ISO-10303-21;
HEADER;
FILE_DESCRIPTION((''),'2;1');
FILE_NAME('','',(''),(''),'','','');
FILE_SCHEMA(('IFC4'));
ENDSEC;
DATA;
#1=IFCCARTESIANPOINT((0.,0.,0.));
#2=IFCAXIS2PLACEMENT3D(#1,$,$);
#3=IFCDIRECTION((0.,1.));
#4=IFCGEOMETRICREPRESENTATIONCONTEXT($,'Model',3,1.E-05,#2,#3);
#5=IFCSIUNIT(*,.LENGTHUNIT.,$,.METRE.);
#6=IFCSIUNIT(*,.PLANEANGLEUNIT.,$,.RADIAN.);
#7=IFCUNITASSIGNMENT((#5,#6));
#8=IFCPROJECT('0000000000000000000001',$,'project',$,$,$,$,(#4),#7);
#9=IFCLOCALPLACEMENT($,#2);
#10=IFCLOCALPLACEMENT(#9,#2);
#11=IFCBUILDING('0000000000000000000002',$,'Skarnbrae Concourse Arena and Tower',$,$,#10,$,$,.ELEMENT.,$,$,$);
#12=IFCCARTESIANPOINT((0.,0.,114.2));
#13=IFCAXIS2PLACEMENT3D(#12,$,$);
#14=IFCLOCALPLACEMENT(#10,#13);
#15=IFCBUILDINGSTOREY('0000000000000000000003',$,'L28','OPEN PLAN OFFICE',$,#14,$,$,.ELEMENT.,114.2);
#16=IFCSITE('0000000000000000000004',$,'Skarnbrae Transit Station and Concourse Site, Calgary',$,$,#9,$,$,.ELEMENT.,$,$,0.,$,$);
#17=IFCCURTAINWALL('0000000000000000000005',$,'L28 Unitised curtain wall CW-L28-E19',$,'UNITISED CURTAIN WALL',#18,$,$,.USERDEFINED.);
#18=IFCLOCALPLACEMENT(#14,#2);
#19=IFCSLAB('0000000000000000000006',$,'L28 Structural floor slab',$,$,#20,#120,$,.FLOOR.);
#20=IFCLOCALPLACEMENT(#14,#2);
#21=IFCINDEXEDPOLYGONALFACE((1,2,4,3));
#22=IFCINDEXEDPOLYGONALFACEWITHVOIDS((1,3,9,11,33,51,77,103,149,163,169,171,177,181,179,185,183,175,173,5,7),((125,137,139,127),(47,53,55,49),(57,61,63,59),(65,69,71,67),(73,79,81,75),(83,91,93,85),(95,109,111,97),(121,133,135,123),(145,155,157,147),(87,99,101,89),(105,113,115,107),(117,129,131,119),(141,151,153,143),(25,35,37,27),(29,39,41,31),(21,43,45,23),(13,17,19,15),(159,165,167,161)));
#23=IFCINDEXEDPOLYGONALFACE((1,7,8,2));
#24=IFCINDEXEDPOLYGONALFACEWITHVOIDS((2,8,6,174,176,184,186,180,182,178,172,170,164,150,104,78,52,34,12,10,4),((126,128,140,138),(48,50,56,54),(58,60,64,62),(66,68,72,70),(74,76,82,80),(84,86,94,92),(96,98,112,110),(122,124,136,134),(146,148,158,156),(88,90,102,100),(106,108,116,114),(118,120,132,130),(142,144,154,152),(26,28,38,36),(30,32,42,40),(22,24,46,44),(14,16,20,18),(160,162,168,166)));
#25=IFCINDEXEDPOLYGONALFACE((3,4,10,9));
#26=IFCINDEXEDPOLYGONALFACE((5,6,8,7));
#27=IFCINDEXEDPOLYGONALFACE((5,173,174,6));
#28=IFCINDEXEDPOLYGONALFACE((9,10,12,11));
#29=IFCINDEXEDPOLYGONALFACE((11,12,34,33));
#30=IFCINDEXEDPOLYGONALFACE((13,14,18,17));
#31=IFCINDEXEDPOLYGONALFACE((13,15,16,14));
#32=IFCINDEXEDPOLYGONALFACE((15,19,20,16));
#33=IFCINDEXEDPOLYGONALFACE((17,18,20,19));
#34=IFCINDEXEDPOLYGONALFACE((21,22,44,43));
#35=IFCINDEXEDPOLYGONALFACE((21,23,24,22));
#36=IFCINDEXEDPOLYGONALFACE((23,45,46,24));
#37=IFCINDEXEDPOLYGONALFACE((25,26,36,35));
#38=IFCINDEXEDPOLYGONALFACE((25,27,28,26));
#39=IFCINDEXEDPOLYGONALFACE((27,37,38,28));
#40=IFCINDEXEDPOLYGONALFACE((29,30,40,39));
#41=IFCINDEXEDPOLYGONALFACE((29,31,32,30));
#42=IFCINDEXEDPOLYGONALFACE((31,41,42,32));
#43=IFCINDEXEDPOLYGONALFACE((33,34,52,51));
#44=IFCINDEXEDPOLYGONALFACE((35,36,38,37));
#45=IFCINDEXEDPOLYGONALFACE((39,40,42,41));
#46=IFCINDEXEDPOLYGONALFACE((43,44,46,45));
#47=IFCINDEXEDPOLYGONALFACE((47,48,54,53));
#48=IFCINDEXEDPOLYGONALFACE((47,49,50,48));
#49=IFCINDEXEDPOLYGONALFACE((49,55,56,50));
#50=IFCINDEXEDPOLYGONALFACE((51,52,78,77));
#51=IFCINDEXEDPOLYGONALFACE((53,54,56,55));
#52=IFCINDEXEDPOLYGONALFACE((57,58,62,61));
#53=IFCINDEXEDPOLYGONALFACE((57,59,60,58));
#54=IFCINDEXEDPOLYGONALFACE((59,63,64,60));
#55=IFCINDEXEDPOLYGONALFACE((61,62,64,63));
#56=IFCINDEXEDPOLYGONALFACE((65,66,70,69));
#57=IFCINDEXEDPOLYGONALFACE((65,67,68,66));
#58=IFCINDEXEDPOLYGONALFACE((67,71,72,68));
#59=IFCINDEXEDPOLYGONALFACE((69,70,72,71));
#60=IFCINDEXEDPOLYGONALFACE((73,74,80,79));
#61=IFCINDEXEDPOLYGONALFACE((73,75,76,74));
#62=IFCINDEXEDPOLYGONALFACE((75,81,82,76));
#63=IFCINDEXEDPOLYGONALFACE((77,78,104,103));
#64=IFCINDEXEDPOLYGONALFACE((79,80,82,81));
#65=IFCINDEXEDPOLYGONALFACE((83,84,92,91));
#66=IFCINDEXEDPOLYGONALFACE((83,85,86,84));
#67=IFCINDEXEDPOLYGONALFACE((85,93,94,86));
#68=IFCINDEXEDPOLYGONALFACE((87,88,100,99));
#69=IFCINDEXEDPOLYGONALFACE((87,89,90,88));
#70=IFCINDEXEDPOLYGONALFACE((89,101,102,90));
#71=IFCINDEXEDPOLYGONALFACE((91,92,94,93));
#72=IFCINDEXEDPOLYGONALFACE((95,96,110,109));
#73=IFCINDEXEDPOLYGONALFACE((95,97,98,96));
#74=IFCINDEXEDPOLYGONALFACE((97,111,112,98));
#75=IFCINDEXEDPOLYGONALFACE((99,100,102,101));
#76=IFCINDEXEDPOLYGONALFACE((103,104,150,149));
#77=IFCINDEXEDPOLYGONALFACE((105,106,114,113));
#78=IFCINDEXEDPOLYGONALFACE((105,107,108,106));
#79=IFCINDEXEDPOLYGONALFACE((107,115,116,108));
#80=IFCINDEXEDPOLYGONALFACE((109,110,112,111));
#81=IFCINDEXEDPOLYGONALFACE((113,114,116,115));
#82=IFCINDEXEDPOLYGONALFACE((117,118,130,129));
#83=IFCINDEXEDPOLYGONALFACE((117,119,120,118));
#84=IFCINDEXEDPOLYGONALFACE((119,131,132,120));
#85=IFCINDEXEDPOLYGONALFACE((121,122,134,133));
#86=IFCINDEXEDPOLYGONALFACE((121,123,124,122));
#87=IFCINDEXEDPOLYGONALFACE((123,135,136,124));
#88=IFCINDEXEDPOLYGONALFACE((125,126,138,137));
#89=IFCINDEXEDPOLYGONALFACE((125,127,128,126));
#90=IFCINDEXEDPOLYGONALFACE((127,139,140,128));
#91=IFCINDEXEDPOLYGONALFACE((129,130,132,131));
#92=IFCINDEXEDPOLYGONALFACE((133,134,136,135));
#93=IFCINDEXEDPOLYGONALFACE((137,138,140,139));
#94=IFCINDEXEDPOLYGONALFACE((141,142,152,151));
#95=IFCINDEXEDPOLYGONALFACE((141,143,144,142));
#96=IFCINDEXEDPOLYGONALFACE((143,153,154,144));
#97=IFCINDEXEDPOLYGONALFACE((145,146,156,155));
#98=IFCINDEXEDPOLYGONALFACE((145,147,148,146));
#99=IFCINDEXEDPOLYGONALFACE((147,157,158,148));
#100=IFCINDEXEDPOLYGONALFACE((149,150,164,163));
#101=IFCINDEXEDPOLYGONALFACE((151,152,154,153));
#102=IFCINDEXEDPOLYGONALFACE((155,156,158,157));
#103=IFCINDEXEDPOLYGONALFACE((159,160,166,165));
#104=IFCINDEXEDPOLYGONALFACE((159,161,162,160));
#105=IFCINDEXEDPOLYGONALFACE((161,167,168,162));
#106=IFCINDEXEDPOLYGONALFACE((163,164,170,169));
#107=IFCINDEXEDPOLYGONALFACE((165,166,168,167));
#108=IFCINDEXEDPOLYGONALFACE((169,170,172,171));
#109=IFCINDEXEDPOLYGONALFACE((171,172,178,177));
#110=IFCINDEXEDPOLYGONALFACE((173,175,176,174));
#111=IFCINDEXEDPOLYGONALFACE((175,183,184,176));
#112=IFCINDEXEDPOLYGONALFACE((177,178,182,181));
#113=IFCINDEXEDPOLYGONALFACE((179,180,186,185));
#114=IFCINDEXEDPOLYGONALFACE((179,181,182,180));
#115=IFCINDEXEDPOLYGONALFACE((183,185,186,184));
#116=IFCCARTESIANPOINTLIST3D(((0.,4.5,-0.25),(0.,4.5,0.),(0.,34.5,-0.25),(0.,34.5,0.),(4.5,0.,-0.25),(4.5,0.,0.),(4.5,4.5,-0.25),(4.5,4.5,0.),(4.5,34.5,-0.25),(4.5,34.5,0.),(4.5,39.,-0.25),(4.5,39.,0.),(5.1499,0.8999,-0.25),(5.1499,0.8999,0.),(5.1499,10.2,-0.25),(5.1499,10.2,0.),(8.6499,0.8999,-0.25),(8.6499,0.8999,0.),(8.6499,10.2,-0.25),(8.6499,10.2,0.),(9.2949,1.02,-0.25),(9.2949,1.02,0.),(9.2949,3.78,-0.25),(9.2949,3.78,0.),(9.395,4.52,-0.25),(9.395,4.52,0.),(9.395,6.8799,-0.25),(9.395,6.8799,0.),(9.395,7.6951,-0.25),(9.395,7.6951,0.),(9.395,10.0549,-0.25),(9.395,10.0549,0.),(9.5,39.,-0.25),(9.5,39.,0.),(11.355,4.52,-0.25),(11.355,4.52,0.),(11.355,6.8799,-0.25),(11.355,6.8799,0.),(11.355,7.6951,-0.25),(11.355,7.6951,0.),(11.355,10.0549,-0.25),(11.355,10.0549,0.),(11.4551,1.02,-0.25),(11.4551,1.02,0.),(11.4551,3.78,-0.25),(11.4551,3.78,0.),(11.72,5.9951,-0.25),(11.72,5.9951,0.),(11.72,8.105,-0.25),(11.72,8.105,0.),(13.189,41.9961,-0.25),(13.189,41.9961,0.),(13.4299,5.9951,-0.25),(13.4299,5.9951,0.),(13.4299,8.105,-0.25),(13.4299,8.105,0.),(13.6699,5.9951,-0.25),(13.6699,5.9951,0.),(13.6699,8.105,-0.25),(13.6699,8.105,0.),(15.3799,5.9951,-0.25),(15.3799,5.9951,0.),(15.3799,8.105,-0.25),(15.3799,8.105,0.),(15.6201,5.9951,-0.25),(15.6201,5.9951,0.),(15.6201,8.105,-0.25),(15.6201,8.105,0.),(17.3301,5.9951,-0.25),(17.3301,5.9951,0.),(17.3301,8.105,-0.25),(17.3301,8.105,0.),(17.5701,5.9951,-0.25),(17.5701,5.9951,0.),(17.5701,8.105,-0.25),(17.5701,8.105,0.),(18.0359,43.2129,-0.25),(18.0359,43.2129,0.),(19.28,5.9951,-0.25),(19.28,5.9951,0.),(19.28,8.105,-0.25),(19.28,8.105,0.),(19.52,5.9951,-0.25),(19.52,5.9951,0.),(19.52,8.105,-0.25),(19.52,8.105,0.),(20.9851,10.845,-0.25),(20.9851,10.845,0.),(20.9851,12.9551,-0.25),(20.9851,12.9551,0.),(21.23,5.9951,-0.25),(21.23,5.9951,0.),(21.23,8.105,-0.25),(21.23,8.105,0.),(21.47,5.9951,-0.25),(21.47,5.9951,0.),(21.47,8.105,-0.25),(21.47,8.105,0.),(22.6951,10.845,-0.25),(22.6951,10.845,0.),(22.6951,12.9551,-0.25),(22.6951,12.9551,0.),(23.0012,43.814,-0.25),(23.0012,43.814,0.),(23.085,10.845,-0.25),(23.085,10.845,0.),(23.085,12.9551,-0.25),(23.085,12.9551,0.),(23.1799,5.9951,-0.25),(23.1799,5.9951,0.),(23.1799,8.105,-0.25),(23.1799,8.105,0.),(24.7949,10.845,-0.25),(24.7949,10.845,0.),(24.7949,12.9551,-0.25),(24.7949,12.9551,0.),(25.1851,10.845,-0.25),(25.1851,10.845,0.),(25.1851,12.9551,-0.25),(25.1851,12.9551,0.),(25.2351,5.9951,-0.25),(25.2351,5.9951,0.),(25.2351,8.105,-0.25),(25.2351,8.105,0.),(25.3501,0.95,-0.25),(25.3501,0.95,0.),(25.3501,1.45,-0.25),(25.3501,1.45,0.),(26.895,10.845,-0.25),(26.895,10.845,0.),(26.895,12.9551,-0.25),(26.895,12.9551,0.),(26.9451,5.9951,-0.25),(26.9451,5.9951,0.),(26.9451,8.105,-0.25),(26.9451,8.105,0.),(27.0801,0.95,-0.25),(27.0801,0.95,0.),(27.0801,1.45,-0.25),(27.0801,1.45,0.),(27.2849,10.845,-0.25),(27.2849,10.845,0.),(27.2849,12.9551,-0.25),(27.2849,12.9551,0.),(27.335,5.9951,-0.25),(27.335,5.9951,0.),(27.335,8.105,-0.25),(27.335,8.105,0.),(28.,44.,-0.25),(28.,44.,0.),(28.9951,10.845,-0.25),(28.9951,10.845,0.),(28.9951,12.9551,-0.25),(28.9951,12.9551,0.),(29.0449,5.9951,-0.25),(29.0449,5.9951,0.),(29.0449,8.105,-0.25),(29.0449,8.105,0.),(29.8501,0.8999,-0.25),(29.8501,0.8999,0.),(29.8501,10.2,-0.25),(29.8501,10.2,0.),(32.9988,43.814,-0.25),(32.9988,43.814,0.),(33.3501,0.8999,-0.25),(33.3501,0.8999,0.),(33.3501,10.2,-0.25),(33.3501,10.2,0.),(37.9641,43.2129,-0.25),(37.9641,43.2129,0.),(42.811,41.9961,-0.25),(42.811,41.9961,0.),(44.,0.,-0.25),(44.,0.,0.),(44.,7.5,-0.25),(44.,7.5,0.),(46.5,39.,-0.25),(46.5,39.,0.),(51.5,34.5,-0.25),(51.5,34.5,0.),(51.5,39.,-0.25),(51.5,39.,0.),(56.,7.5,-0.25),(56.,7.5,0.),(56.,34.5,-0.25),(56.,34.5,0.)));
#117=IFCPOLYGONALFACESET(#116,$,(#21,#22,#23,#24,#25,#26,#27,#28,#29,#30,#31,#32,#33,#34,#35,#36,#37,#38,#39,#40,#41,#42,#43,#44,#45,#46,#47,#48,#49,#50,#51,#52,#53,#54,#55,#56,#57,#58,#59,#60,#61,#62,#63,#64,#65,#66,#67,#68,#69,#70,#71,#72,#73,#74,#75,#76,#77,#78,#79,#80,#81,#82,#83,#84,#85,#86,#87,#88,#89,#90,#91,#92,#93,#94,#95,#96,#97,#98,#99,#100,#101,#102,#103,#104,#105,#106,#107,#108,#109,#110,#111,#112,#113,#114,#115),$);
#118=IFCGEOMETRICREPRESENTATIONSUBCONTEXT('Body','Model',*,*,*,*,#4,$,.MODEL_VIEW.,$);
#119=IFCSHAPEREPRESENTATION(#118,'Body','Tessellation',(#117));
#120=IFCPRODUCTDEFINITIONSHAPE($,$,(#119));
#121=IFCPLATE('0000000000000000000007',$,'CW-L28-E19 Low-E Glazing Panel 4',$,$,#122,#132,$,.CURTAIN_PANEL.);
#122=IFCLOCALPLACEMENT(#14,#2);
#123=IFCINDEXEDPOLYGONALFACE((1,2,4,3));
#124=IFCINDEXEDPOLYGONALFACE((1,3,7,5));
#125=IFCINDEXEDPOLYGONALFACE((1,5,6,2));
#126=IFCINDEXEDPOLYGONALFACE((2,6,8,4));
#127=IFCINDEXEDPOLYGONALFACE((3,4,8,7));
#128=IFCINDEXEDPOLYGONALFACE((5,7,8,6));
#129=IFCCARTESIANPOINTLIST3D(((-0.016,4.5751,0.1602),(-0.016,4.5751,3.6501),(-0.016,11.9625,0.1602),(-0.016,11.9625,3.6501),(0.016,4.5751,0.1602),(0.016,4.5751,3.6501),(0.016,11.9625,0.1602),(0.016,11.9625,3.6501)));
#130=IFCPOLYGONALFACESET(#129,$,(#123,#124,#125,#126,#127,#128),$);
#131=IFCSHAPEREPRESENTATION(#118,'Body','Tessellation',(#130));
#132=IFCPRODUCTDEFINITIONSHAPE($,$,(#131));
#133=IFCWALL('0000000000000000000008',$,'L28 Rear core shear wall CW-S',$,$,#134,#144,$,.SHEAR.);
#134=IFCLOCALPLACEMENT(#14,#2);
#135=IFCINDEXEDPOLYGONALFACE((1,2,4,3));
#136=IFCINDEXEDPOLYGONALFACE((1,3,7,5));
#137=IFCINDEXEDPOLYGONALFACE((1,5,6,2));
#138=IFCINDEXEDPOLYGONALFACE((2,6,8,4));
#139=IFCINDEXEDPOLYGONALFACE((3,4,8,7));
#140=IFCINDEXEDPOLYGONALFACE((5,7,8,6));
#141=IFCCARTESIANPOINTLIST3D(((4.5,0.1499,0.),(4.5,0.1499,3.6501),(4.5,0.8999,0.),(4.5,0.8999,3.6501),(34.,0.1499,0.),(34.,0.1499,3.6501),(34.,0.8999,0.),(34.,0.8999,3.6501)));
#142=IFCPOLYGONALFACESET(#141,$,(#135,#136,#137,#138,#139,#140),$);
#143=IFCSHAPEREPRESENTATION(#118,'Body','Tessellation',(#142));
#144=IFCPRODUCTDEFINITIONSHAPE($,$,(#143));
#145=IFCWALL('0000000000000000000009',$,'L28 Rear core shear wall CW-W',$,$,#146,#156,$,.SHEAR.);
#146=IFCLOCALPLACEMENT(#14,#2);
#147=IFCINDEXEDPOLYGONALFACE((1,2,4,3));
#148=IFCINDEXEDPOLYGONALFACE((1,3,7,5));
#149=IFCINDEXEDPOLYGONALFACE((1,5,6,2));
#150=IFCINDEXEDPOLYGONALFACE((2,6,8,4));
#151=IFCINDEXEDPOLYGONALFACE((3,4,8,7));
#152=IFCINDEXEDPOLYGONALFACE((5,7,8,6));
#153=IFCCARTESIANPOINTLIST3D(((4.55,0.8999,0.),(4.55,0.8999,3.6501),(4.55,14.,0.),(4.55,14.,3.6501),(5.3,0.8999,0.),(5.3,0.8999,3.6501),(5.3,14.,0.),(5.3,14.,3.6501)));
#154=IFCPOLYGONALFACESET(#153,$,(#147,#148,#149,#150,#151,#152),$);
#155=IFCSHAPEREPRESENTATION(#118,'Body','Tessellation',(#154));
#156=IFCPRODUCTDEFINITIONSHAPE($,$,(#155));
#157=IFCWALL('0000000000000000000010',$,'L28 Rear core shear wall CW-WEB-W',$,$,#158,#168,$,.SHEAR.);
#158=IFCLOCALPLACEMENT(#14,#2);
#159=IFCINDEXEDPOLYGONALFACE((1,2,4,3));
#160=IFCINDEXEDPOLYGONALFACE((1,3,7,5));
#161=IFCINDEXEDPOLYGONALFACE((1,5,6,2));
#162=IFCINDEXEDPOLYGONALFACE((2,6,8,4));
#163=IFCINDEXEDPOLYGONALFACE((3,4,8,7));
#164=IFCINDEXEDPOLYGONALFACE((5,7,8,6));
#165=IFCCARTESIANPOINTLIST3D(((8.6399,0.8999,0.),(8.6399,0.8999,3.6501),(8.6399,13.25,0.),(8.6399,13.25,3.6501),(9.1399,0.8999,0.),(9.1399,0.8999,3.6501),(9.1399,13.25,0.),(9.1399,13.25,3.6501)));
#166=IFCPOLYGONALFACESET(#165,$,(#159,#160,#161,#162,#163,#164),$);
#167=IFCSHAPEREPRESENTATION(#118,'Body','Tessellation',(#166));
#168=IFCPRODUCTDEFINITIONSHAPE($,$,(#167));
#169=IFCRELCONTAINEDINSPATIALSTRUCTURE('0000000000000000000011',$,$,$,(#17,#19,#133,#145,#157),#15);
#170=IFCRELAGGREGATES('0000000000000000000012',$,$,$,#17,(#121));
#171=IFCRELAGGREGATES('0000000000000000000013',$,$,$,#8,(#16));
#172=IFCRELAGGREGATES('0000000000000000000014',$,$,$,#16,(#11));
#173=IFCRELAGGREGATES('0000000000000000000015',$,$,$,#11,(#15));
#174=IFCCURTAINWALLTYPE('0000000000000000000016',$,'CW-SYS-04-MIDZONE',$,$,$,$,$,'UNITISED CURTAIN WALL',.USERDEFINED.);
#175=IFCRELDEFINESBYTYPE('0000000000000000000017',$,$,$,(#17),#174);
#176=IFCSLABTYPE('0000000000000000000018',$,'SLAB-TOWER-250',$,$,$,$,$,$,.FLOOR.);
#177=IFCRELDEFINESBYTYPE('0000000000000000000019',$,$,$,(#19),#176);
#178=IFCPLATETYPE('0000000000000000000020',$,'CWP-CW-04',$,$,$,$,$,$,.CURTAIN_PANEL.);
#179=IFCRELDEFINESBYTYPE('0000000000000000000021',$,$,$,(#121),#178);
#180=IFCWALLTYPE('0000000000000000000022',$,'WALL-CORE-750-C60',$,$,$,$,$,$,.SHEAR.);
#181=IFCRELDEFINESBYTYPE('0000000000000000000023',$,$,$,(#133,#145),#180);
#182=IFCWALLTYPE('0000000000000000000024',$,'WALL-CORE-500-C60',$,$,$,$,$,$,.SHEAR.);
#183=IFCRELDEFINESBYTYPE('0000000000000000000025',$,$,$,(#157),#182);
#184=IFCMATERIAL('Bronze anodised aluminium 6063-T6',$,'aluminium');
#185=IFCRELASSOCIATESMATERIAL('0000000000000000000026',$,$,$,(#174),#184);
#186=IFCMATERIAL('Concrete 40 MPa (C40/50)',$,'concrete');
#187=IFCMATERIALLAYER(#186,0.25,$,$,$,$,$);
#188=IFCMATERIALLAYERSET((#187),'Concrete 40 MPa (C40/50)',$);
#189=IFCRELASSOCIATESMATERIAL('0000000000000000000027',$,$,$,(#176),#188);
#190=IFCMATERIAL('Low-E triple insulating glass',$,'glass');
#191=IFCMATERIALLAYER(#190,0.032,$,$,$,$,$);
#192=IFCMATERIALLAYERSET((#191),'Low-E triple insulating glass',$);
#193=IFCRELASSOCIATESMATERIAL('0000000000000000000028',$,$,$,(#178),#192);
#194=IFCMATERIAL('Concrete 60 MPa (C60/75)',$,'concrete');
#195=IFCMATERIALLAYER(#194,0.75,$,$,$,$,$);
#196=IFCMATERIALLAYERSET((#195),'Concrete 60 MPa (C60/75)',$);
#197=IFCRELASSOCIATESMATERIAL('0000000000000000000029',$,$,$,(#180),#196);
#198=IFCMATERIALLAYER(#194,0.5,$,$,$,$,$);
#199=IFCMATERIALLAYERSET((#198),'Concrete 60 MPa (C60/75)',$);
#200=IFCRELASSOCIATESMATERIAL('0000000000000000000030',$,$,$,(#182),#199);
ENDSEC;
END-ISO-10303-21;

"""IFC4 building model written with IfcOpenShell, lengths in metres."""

from ifc_helpers import new_model, si_unit, direction, frame, frame_2d, origin, origin_2d, place, context, subcontext, project, spatial, polyline, rectangle, outline, extrude, source, transform, mapped, material, layer, layer_set, type_object, element, aggregate, save


model = new_model("IFC4")

# Units and contexts
model_context = context("Model", 3, precision=1e-05, world=origin(), true_north=direction((0.0, 1.0)))
body_context = subcontext(model_context, "Body", "Model", "MODEL_VIEW")
ifc_project = project(units=[si_unit("LENGTHUNIT", "METRE"), si_unit("PLANEANGLEUNIT", "RADIAN")], contexts=[model_context])

# Site, building, storey
site_placement = place(None, origin())
site = spatial("IfcSite", under=ifc_project, at=site_placement, Name="Skarnbrae Transit Station and Concourse Site, Calgary", CompositionType="ELEMENT", RefElevation=0.0)
building_placement = place(site_placement, origin())
building = spatial("IfcBuilding", under=site, at=building_placement, Name="Skarnbrae Concourse Arena and Tower", CompositionType="ELEMENT")
storey_placement = place(building_placement, frame((0.0, 0.0, 114.2)))
storey = spatial("IfcBuildingStorey", under=building, at=storey_placement, Name="L28", Description="OPEN PLAN OFFICE", CompositionType="ELEMENT", Elevation=114.2)

# Curtain wall
ifc_material_1 = material(Name="Bronze anodised aluminium 6063-T6", Category="aluminium")
curtain_wall_type = type_object("IfcCurtainWallType", Name="CW-SYS-04-MIDZONE", ElementType="UNITISED CURTAIN WALL", PredefinedType="USERDEFINED", material=ifc_material_1)
curtain_wall_placement = place(storey_placement, origin())
curtain_wall = element("IfcCurtainWall", 1, at=curtain_wall_placement, inside=storey, type_object=curtain_wall_type, Name="L28 Unitised curtain wall CW-L28-E19", ObjectType="UNITISED CURTAIN WALL", PredefinedType="USERDEFINED")

# Shared definitions
ifc_material_2 = material(Name="Concrete 40 MPa (C40/50)", Category="concrete")

# Slab
ifc_layer_1 = layer(ifc_material_2, 0.25)
ifc_layer_set_1 = layer_set([ifc_layer_1], Name="Concrete 40 MPa (C40/50)")
slab_type_1 = type_object("IfcSlabType", Name="SLAB-TOWER-250", PredefinedType="FLOOR", material=ifc_layer_set_1)
slab_1_placement = place(storey_placement, frame((0.0, 0.0, -0.25)))
element("IfcSlab", 2, at=slab_1_placement, inside=storey, type_object=slab_type_1, Name="L28 Structural floor slab", PredefinedType="FLOOR", context=body_context, shape_type="SweptSolid", body=[
    extrude(outline(polyline([(4.5, 0.0), (44.0, 0.0), (44.0, 7.5), (56.0, 7.5), (56.0, 34.5), (51.5, 34.5), (51.5, 39.0), (46.5, 39.0), (42.811, 41.9961), (37.9641, 43.2129), (32.9988, 43.814), (28.0, 44.0), (23.0012, 43.814), (18.0359, 43.2129), (13.189, 41.9961), (9.5, 39.0), (4.5, 39.0), (4.5, 34.5), (0.0, 34.5), (0.0, 4.5), (4.5, 4.5), (4.5, 0.0)]), holes=[polyline([(9.2949, 3.78), (11.4551, 3.78), (11.4551, 1.02), (9.2949, 1.02), (9.2949, 3.78)]), polyline([(8.6499, 10.2), (8.6499, 0.8999), (5.1499, 0.8999), (5.1499, 10.2), (8.6499, 10.2)]), polyline([(9.395, 6.8799), (11.355, 6.8799), (11.355, 4.52), (9.395, 4.52), (9.395, 6.8799)]), polyline([(11.72, 8.105), (13.4299, 8.105), (13.4299, 5.9951), (11.72, 5.9951), (11.72, 8.105)]), polyline([(13.6699, 8.105), (15.3799, 8.105), (15.3799, 5.9951), (13.6699, 5.9951), (13.6699, 8.105)]), polyline([(15.6201, 8.105), (17.3301, 8.105), (17.3301, 5.9951), (15.6201, 5.9951), (15.6201, 8.105)]), polyline([(17.5701, 8.105), (19.28, 8.105), (19.28, 5.9951), (17.5701, 5.9951), (17.5701, 8.105)]), polyline([(21.23, 8.105), (21.23, 5.9951), (19.52, 5.9951), (19.52, 8.105), (21.23, 8.105)]), polyline([(11.355, 10.0549), (11.355, 7.6951), (9.395, 7.6951), (9.395, 10.0549), (11.355, 10.0549)]), polyline([(25.3501, 1.45), (27.0801, 1.45), (27.0801, 0.95), (25.3501, 0.95), (25.3501, 1.45)]), polyline([(33.3501, 10.2), (33.3501, 0.8999), (29.8501, 0.8999), (29.8501, 10.2), (33.3501, 10.2)]), polyline([(21.47, 8.105), (23.1799, 8.105), (23.1799, 5.9951), (21.47, 5.9951), (21.47, 8.105)]), polyline([(25.2351, 8.105), (26.9451, 8.105), (26.9451, 5.9951), (25.2351, 5.9951), (25.2351, 8.105)]), polyline([(27.335, 8.105), (29.0449, 8.105), (29.0449, 5.9951), (27.335, 5.9951), (27.335, 8.105)]), polyline([(20.9851, 12.9551), (22.6951, 12.9551), (22.6951, 10.845), (20.9851, 10.845), (20.9851, 12.9551)]), polyline([(23.085, 12.9551), (24.7949, 12.9551), (24.7949, 10.845), (23.085, 10.845), (23.085, 12.9551)]), polyline([(26.895, 12.9551), (26.895, 10.845), (25.1851, 10.845), (25.1851, 12.9551), (26.895, 12.9551)]), polyline([(28.9951, 12.9551), (28.9951, 10.845), (27.2849, 10.845), (27.2849, 12.9551), (28.9951, 12.9551)])]), origin(), (0.0, 0.0, 1.0), 0.25),
])

# Plate
ifc_material_3 = material(Name="Low-E triple insulating glass", Category="glass")
ifc_layer_2 = layer(ifc_material_3, 0.032)
ifc_layer_set_2 = layer_set([ifc_layer_2], Name="Low-E triple insulating glass")
plate_type = type_object("IfcPlateType", Name="CWP-CW-04", PredefinedType="CURTAIN_PANEL", material=ifc_layer_set_2)
shared_shape_1 = source(origin(), body_context, "Body", "SweptSolid", [
    extrude(rectangle(XDim=7.3875, YDim=0.032, at=origin_2d()), origin(), (0.0, 0.0, 1.0), 3.49),
])
plate_placement = place(storey_placement, frame((0.0, 8.2688, 0.1602), z_axis=(0.0, 0.0, 1.0), x_axis=(0.0, -1.0, 0.0)))
plate = element("IfcPlate", 3, at=plate_placement, type_object=plate_type, Name="CW-L28-E19 Low-E Glazing Panel 4", PredefinedType="CURTAIN_PANEL", context=body_context, shape_type="MappedRepresentation", body=[
    mapped(shared_shape_1, transform((0.0, 0.0, 0.0))),
])
aggregate(curtain_wall, [plate])

# Walls
ifc_material_4 = material(Name="Concrete 60 MPa (C60/75)", Category="concrete")
ifc_layer_3 = layer(ifc_material_4, 0.75)
ifc_layer_set_3 = layer_set([ifc_layer_3], Name="Concrete 60 MPa (C60/75)")
wall_type_1 = type_object("IfcWallType", Name="WALL-CORE-750-C60", PredefinedType="SHEAR", material=ifc_layer_set_3)
shared_shape_2 = source(origin(), body_context, "Body", "SweptSolid", [
    extrude(rectangle(XDim=29.5, YDim=0.75, at=frame_2d((14.75, 0.0))), origin(), (0.0, 0.0, 1.0), 3.6501),
])
wall_1_placement = place(storey_placement, frame((4.5, 0.5249, 0.0), z_axis=(0.0, 0.0, 1.0), x_axis=(1.0, 0.0, 0.0)))
element("IfcWall", 4, at=wall_1_placement, inside=storey, type_object=wall_type_1, Name="L28 Rear core shear wall CW-S", PredefinedType="SHEAR", context=body_context, shape_type="MappedRepresentation", body=[
    mapped(shared_shape_2, transform((0.0, 0.0, 0.0))),
])
shared_shape_3 = source(origin(), body_context, "Body", "SweptSolid", [
    extrude(rectangle(XDim=13.1001, YDim=0.75, at=frame_2d((6.55, 0.0))), origin(), (0.0, 0.0, 1.0), 3.6501),
])
wall_2_placement = place(storey_placement, frame((4.925, 0.8999, 0.0), z_axis=(0.0, 0.0, 1.0), x_axis=(0.0, 1.0, 0.0)))
element("IfcWall", 5, at=wall_2_placement, inside=storey, type_object=wall_type_1, Name="L28 Rear core shear wall CW-W", PredefinedType="SHEAR", context=body_context, shape_type="MappedRepresentation", body=[
    mapped(shared_shape_3, transform((0.0, 0.0, 0.0))),
])
ifc_layer_4 = layer(ifc_material_4, 0.5)
ifc_layer_set_4 = layer_set([ifc_layer_4], Name="Concrete 60 MPa (C60/75)")
wall_type_2 = type_object("IfcWallType", Name="WALL-CORE-500-C60", PredefinedType="SHEAR", material=ifc_layer_set_4)
shared_shape_4 = source(origin(), body_context, "Body", "SweptSolid", [
    extrude(rectangle(XDim=12.3501, YDim=0.5, at=frame_2d((6.175, 0.0))), origin(), (0.0, 0.0, 1.0), 3.6501),
])
wall_3_placement = place(storey_placement, frame((8.8899, 0.8999, 0.0), z_axis=(0.0, 0.0, 1.0), x_axis=(0.0, 1.0, 0.0)))
element("IfcWall", 6, at=wall_3_placement, inside=storey, type_object=wall_type_2, Name="L28 Rear core shear wall CW-WEB-W", PredefinedType="SHEAR", context=body_context, shape_type="MappedRepresentation", body=[
    mapped(shared_shape_4, transform((0.0, 0.0, 0.0))),
])

save(model, "model.ifc")
